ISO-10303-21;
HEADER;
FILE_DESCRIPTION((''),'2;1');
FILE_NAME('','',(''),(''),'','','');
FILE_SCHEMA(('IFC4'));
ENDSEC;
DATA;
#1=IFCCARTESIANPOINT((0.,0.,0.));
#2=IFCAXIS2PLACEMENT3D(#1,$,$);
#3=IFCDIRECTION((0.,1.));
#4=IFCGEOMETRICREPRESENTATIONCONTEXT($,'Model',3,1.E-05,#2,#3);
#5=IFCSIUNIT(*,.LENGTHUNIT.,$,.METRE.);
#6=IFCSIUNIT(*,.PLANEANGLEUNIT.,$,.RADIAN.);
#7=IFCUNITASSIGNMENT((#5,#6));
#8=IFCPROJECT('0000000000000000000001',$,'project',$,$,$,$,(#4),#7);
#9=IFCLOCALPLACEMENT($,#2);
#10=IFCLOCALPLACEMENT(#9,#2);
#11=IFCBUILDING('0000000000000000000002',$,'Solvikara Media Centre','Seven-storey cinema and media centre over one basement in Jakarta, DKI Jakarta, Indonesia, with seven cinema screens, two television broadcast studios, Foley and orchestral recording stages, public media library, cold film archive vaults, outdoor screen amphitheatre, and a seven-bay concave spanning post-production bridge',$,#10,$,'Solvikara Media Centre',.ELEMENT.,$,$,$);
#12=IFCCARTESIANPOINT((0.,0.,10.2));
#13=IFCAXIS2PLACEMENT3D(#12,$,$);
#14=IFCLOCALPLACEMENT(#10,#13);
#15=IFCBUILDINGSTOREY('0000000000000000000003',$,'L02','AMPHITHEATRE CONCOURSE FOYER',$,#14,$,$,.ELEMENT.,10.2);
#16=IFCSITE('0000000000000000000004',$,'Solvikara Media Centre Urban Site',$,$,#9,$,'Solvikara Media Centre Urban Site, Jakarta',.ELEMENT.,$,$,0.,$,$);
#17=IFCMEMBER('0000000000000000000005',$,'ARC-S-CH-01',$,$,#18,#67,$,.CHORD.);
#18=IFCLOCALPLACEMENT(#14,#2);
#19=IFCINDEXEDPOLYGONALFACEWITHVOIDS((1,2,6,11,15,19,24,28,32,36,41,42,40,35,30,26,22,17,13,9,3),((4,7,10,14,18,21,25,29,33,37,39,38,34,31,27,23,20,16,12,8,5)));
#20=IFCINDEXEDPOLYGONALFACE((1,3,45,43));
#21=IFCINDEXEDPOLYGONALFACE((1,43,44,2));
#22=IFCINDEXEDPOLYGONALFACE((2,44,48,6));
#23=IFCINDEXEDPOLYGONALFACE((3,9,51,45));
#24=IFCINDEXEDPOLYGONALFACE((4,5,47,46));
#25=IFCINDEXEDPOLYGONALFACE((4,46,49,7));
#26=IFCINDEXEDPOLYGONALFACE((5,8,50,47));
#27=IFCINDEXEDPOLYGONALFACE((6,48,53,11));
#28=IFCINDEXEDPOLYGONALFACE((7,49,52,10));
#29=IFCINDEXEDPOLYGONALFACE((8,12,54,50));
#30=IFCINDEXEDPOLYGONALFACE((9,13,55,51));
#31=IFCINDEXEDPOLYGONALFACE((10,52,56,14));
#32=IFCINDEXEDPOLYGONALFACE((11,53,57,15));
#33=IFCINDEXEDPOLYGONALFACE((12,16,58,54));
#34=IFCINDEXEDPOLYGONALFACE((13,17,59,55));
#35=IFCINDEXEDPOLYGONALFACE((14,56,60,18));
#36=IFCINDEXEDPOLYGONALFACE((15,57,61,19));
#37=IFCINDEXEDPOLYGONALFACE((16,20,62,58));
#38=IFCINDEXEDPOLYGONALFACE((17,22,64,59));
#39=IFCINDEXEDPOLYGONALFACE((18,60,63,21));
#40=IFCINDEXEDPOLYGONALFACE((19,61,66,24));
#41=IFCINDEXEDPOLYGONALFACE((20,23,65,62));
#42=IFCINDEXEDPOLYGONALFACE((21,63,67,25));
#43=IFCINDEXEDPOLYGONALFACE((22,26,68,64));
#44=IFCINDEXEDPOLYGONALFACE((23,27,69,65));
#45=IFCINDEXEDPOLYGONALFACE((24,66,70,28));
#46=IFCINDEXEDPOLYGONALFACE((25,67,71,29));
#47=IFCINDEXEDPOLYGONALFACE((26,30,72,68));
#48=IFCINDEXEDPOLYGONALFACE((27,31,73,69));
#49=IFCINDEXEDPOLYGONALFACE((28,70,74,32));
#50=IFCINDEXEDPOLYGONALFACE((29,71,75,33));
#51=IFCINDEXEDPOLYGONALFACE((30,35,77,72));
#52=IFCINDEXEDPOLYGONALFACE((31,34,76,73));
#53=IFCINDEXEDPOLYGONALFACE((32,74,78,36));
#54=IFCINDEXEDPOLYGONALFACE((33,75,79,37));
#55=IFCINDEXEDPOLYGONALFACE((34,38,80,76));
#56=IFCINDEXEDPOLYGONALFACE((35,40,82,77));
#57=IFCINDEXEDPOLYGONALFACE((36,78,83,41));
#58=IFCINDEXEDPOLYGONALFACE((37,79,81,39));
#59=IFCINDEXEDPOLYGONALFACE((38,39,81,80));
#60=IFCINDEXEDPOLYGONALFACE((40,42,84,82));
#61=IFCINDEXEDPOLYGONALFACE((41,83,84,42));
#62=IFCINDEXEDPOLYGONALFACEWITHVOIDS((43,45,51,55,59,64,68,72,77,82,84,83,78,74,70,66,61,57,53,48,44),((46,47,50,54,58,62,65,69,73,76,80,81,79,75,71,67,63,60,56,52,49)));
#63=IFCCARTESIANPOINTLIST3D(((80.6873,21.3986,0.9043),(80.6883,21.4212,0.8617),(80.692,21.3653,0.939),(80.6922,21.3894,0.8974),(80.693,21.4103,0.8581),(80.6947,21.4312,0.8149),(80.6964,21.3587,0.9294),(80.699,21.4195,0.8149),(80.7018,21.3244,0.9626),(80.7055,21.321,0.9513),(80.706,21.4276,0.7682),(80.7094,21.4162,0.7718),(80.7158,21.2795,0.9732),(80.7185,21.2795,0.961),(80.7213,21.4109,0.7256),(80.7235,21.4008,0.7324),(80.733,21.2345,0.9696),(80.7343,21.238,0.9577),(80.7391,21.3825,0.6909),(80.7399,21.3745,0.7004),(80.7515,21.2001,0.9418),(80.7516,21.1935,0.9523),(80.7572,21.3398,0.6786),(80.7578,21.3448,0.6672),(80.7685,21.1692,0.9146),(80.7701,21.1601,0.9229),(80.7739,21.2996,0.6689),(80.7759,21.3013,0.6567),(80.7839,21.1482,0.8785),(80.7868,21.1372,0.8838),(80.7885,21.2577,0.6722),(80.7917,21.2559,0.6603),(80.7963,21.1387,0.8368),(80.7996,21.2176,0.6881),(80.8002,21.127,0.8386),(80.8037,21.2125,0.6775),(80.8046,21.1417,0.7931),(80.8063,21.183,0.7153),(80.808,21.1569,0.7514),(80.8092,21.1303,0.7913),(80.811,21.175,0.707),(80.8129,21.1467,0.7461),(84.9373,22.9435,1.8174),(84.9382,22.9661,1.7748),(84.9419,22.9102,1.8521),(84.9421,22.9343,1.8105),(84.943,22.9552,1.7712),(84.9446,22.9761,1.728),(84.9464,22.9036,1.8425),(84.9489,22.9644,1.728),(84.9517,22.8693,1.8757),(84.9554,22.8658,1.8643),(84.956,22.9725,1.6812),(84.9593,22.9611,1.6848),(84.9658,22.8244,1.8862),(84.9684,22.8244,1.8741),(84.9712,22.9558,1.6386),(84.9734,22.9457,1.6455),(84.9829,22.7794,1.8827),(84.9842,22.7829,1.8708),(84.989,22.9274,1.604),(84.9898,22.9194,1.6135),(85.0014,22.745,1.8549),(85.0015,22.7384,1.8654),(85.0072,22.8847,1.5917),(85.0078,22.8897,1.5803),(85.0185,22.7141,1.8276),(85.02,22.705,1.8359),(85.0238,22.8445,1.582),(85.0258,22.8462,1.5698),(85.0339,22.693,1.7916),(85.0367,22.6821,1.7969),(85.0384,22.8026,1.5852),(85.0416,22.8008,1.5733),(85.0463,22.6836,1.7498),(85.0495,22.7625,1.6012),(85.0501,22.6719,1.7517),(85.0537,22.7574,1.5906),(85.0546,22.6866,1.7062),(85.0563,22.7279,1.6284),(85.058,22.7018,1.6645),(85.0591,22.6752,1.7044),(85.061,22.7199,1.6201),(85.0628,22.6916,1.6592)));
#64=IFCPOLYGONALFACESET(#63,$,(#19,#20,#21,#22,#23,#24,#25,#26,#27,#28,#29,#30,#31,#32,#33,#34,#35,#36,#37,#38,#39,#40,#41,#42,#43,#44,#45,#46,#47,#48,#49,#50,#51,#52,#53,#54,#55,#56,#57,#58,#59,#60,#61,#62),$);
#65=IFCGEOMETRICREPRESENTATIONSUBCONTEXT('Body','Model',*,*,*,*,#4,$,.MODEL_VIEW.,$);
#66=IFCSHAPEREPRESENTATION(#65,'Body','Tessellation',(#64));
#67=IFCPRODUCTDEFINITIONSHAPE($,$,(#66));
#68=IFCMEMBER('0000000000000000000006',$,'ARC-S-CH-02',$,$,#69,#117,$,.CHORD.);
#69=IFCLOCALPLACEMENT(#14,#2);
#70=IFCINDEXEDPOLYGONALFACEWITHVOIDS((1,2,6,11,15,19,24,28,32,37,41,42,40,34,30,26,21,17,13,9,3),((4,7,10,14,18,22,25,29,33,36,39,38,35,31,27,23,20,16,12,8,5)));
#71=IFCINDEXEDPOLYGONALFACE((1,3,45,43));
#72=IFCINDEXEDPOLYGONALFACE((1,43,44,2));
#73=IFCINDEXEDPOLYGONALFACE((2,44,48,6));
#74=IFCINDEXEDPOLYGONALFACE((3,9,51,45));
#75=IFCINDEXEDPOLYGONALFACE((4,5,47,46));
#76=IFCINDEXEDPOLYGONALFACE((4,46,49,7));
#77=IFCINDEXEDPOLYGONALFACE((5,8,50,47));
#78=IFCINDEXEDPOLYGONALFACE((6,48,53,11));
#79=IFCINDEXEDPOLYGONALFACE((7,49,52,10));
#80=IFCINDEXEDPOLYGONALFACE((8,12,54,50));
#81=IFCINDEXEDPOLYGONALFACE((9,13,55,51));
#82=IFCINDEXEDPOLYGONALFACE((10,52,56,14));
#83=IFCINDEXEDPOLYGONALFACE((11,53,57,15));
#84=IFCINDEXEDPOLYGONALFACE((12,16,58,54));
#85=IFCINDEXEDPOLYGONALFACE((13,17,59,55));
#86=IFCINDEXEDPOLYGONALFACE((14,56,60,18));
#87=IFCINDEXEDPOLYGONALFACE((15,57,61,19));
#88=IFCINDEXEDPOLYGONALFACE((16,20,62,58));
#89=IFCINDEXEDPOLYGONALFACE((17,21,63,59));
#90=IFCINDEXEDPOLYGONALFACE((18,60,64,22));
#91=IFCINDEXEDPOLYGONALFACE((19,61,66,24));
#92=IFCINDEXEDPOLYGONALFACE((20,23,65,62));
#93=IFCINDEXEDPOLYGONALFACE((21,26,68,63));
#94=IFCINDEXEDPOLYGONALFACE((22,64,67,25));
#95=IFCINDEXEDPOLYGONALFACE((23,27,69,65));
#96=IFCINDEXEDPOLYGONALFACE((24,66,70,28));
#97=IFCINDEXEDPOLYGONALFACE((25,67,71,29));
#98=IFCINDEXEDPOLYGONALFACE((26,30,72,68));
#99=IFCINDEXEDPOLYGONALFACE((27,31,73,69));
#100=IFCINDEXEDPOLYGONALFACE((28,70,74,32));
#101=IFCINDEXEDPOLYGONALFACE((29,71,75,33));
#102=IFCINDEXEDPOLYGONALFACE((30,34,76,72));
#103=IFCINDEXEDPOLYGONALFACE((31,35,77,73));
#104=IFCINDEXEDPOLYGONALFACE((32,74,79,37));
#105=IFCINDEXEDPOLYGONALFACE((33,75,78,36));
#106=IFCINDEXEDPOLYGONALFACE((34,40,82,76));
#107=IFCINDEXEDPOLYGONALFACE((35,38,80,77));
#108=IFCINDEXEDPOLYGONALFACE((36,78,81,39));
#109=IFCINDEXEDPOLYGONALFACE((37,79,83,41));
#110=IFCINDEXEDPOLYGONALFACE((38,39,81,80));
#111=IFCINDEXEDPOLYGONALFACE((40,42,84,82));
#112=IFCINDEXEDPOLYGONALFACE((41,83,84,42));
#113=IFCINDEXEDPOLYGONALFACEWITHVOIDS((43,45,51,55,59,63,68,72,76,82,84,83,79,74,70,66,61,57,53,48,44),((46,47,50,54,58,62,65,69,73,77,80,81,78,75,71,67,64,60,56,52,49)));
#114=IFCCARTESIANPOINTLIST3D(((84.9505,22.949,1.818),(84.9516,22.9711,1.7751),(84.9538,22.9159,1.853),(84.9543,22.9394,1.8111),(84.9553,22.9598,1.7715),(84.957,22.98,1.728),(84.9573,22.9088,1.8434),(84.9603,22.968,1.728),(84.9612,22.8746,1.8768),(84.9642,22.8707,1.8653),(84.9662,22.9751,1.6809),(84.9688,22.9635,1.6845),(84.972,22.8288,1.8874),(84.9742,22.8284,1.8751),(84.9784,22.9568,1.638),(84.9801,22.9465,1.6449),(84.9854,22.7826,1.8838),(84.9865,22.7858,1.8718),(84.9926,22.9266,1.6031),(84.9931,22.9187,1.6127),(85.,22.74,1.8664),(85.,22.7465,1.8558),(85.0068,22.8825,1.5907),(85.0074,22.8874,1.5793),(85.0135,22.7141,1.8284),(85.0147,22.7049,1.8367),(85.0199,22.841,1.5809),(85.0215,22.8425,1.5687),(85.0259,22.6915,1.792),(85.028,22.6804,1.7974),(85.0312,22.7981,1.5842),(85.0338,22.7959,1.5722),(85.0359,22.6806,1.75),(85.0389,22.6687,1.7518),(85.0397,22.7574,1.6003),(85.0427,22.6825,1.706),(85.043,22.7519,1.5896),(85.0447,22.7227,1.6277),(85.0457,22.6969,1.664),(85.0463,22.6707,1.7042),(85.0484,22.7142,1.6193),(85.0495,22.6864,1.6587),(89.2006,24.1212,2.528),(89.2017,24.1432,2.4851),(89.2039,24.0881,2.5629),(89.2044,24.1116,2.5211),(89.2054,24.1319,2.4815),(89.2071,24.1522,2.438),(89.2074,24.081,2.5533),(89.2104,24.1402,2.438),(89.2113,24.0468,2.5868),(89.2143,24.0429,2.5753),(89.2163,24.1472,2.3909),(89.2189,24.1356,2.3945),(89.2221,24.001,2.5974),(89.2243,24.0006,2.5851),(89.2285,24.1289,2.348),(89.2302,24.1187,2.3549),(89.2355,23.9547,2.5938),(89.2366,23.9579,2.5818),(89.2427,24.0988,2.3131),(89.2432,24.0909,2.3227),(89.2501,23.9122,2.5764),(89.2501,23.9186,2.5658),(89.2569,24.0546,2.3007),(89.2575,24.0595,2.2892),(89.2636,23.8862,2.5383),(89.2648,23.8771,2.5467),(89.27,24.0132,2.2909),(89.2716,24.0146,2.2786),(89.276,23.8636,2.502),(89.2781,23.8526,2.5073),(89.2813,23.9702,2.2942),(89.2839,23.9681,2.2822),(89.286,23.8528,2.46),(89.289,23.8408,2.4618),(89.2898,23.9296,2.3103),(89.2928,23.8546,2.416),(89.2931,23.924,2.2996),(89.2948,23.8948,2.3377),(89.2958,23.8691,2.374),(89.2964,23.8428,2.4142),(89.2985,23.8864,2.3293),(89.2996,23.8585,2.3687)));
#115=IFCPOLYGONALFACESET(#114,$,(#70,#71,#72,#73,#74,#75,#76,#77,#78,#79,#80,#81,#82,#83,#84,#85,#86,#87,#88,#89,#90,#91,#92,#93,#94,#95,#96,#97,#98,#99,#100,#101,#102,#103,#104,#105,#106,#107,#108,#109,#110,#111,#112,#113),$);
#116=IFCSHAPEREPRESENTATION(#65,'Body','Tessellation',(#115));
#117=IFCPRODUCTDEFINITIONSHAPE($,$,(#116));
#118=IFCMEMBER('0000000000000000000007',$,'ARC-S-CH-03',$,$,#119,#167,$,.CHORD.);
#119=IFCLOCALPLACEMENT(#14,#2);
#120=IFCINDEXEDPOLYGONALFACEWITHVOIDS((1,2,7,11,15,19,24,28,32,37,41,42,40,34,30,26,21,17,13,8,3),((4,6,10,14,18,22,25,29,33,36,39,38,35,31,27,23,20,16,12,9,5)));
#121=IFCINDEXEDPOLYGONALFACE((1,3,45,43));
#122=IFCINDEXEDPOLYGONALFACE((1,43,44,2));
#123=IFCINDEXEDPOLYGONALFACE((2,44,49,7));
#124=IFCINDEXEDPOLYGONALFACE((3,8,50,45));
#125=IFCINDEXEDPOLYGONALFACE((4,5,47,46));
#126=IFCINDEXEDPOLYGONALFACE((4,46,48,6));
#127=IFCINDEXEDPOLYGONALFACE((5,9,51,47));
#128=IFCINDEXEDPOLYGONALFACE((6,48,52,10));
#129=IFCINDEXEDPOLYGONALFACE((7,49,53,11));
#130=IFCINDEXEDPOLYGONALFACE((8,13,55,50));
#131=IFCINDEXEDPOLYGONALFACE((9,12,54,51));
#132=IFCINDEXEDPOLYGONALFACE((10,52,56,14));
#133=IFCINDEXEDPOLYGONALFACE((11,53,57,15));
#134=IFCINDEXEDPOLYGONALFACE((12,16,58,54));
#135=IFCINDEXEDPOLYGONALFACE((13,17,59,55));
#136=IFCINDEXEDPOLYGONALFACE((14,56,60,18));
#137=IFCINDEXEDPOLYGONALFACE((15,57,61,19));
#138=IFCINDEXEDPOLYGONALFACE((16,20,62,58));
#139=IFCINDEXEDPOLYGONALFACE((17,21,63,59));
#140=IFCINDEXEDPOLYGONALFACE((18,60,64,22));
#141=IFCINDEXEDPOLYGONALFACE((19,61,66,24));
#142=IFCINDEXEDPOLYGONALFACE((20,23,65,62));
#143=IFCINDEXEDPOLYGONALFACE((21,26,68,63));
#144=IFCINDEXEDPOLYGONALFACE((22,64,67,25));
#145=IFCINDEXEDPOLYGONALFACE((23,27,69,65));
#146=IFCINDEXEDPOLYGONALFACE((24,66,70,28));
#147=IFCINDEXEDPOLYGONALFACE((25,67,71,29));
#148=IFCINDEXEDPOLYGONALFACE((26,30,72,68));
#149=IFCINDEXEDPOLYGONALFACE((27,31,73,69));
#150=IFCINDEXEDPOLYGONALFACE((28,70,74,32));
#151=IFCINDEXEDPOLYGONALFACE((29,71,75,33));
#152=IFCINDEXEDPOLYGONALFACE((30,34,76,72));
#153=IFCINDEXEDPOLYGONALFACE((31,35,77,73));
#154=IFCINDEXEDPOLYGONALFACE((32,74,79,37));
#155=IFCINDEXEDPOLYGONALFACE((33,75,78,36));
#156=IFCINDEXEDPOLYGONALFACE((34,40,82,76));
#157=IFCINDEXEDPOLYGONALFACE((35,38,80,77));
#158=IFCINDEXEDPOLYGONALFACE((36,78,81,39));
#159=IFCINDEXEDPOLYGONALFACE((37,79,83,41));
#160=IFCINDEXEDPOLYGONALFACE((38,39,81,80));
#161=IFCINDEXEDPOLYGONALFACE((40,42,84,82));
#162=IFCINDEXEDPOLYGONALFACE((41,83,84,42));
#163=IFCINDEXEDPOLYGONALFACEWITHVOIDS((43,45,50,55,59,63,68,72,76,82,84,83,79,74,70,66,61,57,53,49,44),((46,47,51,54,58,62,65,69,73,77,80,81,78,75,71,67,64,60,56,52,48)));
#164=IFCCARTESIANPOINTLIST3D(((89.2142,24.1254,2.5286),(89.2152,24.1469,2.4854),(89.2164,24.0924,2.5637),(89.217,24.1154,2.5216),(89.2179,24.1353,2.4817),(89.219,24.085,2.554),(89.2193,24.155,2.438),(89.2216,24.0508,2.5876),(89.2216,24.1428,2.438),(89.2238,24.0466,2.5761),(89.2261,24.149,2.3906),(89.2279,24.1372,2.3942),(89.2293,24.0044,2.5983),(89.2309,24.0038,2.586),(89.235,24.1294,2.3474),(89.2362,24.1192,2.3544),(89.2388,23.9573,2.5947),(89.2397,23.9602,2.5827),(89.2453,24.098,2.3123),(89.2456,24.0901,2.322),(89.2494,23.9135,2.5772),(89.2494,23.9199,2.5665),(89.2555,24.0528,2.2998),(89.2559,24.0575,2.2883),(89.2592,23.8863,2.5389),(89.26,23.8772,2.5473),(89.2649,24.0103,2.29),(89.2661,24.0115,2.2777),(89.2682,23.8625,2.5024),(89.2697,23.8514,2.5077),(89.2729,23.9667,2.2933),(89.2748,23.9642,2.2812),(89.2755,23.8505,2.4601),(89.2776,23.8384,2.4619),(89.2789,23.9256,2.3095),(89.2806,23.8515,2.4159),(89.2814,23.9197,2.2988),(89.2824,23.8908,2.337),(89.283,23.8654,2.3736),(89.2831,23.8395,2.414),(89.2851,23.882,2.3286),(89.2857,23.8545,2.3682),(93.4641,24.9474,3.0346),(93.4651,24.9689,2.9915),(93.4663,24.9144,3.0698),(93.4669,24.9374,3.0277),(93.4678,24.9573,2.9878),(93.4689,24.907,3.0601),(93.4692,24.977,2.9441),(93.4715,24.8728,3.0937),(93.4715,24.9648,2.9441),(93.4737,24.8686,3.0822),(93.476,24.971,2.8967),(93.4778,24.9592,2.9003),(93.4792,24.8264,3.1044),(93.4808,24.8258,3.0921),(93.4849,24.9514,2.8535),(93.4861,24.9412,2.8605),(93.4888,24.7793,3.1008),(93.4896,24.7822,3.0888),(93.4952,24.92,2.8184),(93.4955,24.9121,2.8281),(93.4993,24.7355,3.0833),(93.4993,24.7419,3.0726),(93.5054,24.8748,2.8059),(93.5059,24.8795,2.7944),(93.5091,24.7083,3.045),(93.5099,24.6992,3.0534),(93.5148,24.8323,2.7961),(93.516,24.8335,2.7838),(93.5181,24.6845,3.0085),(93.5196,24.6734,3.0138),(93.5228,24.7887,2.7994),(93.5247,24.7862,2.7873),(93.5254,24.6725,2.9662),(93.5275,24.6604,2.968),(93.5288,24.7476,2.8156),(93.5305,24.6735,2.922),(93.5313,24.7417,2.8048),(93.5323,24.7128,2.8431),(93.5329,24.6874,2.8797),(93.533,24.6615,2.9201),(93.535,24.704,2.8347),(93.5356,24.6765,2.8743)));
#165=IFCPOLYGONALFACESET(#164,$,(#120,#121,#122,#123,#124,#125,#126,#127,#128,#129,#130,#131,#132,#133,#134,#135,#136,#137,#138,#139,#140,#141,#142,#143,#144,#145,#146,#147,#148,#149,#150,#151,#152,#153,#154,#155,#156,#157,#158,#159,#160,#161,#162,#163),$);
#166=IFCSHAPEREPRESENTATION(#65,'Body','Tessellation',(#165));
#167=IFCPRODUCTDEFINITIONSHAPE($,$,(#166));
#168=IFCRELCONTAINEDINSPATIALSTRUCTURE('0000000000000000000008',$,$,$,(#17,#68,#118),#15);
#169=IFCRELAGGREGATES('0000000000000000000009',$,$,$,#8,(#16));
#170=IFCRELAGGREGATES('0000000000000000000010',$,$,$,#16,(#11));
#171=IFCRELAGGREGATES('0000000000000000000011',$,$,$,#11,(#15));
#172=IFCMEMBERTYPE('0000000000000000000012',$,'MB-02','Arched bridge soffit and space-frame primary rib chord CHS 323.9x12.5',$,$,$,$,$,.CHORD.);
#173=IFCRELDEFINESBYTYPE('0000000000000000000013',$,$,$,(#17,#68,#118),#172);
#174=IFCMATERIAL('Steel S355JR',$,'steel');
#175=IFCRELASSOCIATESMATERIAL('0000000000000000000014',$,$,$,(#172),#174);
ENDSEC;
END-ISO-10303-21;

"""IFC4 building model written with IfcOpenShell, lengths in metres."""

from ifc_helpers import new_model, si_unit, direction, frame, origin, origin_2d, place, context, subcontext, project, spatial, hollow_circle, extrude, material, material_profile, profile_set, type_object, element, save


model = new_model("IFC4")

# Units and contexts
model_context = context("Model", 3, precision=1e-05, world=origin(), true_north=direction((0.0, 1.0)))
body_context = subcontext(model_context, "Body", "Model", "MODEL_VIEW")
ifc_project = project(units=[si_unit("LENGTHUNIT", "METRE"), si_unit("PLANEANGLEUNIT", "RADIAN")], contexts=[model_context])

# Site, building, storey
site_placement = place(None, origin())
site = spatial("IfcSite", under=ifc_project, at=site_placement, Name="Solvikara Media Centre Urban Site", LongName="Solvikara Media Centre Urban Site, Jakarta", CompositionType="ELEMENT", RefElevation=0.0)
building_placement = place(site_placement, origin())
building = spatial("IfcBuilding", under=site, at=building_placement, Name="Solvikara Media Centre", Description="Seven-storey cinema and media centre over one basement in Jakarta, DKI Jakarta, Indonesia, with seven cinema screens, two television broadcast studios, Foley and orchestral recording stages, public media library, cold film archive vaults, outdoor screen amphitheatre, and a seven-bay concave spanning post-production bridge", LongName="Solvikara Media Centre", CompositionType="ELEMENT")
storey_placement = place(building_placement, frame((0.0, 0.0, 10.2)))
storey = spatial("IfcBuildingStorey", under=building, at=storey_placement, Name="L02", Description="AMPHITHEATRE CONCOURSE FOYER", CompositionType="ELEMENT", Elevation=10.2)

# Members
ifc_material_1 = material(Name="Steel S355JR", Category="steel")
ifc_material_profile_1 = material_profile(ifc_material_1, hollow_circle(Radius=0.1619, WallThickness=0.0125, at=origin_2d()), Name="CHS 323.9x12.5")
ifc_profile_set_1 = profile_set([ifc_material_profile_1], Name="Steel S355JR")
member_type_1 = type_object("IfcMemberType", Name="MB-02", Description="Arched bridge soffit and space-frame primary rib chord CHS 323.9x12.5", PredefinedType="CHORD", material=ifc_profile_set_1)
member_1_placement = place(storey_placement, frame((80.75, 21.2791, 0.8149), z_axis=(0.921239, 0.334881, 0.197922), x_axis=(-0.341639, 0.939831, 0.0)))
element("IfcMember", 1, at=member_1_placement, inside=storey, type_object=member_type_1, Name="ARC-S-CH-01", PredefinedType="CHORD", context=body_context, shape_type="SweptSolid", body=[
    extrude(hollow_circle(Radius=0.1619, WallThickness=0.0125, at=origin_2d()), origin(), (0.0, 0.0, 1.0), 4.6133),
])
member_2_placement = place(storey_placement, frame((85.0, 22.824, 1.728), z_axis=(0.951748, 0.262485, 0.158989), x_axis=(-0.265867, 0.96401, 0.0)))
element("IfcMember", 2, at=member_2_placement, inside=storey, type_object=member_type_1, Name="ARC-S-CH-02", PredefinedType="CHORD", context=body_context, shape_type="SweptSolid", body=[
    extrude(hollow_circle(Radius=0.1619, WallThickness=0.0125, at=origin_2d()), origin(), (0.0, 0.0, 1.0), 4.4656),
])
member_3_placement = place(storey_placement, frame((89.25, 23.9961, 2.438), z_axis=(0.975162, 0.188613, 0.116125), x_axis=(-0.189897, 0.981804, 0.0)))
element("IfcMember", 3, at=member_3_placement, inside=storey, type_object=member_type_1, Name="ARC-S-CH-03", PredefinedType="CHORD", context=body_context, shape_type="SweptSolid", body=[
    extrude(hollow_circle(Radius=0.1619, WallThickness=0.0125, at=origin_2d()), origin(), (0.0, 0.0, 1.0), 4.3582),
])

save(model, "model.ifc")
